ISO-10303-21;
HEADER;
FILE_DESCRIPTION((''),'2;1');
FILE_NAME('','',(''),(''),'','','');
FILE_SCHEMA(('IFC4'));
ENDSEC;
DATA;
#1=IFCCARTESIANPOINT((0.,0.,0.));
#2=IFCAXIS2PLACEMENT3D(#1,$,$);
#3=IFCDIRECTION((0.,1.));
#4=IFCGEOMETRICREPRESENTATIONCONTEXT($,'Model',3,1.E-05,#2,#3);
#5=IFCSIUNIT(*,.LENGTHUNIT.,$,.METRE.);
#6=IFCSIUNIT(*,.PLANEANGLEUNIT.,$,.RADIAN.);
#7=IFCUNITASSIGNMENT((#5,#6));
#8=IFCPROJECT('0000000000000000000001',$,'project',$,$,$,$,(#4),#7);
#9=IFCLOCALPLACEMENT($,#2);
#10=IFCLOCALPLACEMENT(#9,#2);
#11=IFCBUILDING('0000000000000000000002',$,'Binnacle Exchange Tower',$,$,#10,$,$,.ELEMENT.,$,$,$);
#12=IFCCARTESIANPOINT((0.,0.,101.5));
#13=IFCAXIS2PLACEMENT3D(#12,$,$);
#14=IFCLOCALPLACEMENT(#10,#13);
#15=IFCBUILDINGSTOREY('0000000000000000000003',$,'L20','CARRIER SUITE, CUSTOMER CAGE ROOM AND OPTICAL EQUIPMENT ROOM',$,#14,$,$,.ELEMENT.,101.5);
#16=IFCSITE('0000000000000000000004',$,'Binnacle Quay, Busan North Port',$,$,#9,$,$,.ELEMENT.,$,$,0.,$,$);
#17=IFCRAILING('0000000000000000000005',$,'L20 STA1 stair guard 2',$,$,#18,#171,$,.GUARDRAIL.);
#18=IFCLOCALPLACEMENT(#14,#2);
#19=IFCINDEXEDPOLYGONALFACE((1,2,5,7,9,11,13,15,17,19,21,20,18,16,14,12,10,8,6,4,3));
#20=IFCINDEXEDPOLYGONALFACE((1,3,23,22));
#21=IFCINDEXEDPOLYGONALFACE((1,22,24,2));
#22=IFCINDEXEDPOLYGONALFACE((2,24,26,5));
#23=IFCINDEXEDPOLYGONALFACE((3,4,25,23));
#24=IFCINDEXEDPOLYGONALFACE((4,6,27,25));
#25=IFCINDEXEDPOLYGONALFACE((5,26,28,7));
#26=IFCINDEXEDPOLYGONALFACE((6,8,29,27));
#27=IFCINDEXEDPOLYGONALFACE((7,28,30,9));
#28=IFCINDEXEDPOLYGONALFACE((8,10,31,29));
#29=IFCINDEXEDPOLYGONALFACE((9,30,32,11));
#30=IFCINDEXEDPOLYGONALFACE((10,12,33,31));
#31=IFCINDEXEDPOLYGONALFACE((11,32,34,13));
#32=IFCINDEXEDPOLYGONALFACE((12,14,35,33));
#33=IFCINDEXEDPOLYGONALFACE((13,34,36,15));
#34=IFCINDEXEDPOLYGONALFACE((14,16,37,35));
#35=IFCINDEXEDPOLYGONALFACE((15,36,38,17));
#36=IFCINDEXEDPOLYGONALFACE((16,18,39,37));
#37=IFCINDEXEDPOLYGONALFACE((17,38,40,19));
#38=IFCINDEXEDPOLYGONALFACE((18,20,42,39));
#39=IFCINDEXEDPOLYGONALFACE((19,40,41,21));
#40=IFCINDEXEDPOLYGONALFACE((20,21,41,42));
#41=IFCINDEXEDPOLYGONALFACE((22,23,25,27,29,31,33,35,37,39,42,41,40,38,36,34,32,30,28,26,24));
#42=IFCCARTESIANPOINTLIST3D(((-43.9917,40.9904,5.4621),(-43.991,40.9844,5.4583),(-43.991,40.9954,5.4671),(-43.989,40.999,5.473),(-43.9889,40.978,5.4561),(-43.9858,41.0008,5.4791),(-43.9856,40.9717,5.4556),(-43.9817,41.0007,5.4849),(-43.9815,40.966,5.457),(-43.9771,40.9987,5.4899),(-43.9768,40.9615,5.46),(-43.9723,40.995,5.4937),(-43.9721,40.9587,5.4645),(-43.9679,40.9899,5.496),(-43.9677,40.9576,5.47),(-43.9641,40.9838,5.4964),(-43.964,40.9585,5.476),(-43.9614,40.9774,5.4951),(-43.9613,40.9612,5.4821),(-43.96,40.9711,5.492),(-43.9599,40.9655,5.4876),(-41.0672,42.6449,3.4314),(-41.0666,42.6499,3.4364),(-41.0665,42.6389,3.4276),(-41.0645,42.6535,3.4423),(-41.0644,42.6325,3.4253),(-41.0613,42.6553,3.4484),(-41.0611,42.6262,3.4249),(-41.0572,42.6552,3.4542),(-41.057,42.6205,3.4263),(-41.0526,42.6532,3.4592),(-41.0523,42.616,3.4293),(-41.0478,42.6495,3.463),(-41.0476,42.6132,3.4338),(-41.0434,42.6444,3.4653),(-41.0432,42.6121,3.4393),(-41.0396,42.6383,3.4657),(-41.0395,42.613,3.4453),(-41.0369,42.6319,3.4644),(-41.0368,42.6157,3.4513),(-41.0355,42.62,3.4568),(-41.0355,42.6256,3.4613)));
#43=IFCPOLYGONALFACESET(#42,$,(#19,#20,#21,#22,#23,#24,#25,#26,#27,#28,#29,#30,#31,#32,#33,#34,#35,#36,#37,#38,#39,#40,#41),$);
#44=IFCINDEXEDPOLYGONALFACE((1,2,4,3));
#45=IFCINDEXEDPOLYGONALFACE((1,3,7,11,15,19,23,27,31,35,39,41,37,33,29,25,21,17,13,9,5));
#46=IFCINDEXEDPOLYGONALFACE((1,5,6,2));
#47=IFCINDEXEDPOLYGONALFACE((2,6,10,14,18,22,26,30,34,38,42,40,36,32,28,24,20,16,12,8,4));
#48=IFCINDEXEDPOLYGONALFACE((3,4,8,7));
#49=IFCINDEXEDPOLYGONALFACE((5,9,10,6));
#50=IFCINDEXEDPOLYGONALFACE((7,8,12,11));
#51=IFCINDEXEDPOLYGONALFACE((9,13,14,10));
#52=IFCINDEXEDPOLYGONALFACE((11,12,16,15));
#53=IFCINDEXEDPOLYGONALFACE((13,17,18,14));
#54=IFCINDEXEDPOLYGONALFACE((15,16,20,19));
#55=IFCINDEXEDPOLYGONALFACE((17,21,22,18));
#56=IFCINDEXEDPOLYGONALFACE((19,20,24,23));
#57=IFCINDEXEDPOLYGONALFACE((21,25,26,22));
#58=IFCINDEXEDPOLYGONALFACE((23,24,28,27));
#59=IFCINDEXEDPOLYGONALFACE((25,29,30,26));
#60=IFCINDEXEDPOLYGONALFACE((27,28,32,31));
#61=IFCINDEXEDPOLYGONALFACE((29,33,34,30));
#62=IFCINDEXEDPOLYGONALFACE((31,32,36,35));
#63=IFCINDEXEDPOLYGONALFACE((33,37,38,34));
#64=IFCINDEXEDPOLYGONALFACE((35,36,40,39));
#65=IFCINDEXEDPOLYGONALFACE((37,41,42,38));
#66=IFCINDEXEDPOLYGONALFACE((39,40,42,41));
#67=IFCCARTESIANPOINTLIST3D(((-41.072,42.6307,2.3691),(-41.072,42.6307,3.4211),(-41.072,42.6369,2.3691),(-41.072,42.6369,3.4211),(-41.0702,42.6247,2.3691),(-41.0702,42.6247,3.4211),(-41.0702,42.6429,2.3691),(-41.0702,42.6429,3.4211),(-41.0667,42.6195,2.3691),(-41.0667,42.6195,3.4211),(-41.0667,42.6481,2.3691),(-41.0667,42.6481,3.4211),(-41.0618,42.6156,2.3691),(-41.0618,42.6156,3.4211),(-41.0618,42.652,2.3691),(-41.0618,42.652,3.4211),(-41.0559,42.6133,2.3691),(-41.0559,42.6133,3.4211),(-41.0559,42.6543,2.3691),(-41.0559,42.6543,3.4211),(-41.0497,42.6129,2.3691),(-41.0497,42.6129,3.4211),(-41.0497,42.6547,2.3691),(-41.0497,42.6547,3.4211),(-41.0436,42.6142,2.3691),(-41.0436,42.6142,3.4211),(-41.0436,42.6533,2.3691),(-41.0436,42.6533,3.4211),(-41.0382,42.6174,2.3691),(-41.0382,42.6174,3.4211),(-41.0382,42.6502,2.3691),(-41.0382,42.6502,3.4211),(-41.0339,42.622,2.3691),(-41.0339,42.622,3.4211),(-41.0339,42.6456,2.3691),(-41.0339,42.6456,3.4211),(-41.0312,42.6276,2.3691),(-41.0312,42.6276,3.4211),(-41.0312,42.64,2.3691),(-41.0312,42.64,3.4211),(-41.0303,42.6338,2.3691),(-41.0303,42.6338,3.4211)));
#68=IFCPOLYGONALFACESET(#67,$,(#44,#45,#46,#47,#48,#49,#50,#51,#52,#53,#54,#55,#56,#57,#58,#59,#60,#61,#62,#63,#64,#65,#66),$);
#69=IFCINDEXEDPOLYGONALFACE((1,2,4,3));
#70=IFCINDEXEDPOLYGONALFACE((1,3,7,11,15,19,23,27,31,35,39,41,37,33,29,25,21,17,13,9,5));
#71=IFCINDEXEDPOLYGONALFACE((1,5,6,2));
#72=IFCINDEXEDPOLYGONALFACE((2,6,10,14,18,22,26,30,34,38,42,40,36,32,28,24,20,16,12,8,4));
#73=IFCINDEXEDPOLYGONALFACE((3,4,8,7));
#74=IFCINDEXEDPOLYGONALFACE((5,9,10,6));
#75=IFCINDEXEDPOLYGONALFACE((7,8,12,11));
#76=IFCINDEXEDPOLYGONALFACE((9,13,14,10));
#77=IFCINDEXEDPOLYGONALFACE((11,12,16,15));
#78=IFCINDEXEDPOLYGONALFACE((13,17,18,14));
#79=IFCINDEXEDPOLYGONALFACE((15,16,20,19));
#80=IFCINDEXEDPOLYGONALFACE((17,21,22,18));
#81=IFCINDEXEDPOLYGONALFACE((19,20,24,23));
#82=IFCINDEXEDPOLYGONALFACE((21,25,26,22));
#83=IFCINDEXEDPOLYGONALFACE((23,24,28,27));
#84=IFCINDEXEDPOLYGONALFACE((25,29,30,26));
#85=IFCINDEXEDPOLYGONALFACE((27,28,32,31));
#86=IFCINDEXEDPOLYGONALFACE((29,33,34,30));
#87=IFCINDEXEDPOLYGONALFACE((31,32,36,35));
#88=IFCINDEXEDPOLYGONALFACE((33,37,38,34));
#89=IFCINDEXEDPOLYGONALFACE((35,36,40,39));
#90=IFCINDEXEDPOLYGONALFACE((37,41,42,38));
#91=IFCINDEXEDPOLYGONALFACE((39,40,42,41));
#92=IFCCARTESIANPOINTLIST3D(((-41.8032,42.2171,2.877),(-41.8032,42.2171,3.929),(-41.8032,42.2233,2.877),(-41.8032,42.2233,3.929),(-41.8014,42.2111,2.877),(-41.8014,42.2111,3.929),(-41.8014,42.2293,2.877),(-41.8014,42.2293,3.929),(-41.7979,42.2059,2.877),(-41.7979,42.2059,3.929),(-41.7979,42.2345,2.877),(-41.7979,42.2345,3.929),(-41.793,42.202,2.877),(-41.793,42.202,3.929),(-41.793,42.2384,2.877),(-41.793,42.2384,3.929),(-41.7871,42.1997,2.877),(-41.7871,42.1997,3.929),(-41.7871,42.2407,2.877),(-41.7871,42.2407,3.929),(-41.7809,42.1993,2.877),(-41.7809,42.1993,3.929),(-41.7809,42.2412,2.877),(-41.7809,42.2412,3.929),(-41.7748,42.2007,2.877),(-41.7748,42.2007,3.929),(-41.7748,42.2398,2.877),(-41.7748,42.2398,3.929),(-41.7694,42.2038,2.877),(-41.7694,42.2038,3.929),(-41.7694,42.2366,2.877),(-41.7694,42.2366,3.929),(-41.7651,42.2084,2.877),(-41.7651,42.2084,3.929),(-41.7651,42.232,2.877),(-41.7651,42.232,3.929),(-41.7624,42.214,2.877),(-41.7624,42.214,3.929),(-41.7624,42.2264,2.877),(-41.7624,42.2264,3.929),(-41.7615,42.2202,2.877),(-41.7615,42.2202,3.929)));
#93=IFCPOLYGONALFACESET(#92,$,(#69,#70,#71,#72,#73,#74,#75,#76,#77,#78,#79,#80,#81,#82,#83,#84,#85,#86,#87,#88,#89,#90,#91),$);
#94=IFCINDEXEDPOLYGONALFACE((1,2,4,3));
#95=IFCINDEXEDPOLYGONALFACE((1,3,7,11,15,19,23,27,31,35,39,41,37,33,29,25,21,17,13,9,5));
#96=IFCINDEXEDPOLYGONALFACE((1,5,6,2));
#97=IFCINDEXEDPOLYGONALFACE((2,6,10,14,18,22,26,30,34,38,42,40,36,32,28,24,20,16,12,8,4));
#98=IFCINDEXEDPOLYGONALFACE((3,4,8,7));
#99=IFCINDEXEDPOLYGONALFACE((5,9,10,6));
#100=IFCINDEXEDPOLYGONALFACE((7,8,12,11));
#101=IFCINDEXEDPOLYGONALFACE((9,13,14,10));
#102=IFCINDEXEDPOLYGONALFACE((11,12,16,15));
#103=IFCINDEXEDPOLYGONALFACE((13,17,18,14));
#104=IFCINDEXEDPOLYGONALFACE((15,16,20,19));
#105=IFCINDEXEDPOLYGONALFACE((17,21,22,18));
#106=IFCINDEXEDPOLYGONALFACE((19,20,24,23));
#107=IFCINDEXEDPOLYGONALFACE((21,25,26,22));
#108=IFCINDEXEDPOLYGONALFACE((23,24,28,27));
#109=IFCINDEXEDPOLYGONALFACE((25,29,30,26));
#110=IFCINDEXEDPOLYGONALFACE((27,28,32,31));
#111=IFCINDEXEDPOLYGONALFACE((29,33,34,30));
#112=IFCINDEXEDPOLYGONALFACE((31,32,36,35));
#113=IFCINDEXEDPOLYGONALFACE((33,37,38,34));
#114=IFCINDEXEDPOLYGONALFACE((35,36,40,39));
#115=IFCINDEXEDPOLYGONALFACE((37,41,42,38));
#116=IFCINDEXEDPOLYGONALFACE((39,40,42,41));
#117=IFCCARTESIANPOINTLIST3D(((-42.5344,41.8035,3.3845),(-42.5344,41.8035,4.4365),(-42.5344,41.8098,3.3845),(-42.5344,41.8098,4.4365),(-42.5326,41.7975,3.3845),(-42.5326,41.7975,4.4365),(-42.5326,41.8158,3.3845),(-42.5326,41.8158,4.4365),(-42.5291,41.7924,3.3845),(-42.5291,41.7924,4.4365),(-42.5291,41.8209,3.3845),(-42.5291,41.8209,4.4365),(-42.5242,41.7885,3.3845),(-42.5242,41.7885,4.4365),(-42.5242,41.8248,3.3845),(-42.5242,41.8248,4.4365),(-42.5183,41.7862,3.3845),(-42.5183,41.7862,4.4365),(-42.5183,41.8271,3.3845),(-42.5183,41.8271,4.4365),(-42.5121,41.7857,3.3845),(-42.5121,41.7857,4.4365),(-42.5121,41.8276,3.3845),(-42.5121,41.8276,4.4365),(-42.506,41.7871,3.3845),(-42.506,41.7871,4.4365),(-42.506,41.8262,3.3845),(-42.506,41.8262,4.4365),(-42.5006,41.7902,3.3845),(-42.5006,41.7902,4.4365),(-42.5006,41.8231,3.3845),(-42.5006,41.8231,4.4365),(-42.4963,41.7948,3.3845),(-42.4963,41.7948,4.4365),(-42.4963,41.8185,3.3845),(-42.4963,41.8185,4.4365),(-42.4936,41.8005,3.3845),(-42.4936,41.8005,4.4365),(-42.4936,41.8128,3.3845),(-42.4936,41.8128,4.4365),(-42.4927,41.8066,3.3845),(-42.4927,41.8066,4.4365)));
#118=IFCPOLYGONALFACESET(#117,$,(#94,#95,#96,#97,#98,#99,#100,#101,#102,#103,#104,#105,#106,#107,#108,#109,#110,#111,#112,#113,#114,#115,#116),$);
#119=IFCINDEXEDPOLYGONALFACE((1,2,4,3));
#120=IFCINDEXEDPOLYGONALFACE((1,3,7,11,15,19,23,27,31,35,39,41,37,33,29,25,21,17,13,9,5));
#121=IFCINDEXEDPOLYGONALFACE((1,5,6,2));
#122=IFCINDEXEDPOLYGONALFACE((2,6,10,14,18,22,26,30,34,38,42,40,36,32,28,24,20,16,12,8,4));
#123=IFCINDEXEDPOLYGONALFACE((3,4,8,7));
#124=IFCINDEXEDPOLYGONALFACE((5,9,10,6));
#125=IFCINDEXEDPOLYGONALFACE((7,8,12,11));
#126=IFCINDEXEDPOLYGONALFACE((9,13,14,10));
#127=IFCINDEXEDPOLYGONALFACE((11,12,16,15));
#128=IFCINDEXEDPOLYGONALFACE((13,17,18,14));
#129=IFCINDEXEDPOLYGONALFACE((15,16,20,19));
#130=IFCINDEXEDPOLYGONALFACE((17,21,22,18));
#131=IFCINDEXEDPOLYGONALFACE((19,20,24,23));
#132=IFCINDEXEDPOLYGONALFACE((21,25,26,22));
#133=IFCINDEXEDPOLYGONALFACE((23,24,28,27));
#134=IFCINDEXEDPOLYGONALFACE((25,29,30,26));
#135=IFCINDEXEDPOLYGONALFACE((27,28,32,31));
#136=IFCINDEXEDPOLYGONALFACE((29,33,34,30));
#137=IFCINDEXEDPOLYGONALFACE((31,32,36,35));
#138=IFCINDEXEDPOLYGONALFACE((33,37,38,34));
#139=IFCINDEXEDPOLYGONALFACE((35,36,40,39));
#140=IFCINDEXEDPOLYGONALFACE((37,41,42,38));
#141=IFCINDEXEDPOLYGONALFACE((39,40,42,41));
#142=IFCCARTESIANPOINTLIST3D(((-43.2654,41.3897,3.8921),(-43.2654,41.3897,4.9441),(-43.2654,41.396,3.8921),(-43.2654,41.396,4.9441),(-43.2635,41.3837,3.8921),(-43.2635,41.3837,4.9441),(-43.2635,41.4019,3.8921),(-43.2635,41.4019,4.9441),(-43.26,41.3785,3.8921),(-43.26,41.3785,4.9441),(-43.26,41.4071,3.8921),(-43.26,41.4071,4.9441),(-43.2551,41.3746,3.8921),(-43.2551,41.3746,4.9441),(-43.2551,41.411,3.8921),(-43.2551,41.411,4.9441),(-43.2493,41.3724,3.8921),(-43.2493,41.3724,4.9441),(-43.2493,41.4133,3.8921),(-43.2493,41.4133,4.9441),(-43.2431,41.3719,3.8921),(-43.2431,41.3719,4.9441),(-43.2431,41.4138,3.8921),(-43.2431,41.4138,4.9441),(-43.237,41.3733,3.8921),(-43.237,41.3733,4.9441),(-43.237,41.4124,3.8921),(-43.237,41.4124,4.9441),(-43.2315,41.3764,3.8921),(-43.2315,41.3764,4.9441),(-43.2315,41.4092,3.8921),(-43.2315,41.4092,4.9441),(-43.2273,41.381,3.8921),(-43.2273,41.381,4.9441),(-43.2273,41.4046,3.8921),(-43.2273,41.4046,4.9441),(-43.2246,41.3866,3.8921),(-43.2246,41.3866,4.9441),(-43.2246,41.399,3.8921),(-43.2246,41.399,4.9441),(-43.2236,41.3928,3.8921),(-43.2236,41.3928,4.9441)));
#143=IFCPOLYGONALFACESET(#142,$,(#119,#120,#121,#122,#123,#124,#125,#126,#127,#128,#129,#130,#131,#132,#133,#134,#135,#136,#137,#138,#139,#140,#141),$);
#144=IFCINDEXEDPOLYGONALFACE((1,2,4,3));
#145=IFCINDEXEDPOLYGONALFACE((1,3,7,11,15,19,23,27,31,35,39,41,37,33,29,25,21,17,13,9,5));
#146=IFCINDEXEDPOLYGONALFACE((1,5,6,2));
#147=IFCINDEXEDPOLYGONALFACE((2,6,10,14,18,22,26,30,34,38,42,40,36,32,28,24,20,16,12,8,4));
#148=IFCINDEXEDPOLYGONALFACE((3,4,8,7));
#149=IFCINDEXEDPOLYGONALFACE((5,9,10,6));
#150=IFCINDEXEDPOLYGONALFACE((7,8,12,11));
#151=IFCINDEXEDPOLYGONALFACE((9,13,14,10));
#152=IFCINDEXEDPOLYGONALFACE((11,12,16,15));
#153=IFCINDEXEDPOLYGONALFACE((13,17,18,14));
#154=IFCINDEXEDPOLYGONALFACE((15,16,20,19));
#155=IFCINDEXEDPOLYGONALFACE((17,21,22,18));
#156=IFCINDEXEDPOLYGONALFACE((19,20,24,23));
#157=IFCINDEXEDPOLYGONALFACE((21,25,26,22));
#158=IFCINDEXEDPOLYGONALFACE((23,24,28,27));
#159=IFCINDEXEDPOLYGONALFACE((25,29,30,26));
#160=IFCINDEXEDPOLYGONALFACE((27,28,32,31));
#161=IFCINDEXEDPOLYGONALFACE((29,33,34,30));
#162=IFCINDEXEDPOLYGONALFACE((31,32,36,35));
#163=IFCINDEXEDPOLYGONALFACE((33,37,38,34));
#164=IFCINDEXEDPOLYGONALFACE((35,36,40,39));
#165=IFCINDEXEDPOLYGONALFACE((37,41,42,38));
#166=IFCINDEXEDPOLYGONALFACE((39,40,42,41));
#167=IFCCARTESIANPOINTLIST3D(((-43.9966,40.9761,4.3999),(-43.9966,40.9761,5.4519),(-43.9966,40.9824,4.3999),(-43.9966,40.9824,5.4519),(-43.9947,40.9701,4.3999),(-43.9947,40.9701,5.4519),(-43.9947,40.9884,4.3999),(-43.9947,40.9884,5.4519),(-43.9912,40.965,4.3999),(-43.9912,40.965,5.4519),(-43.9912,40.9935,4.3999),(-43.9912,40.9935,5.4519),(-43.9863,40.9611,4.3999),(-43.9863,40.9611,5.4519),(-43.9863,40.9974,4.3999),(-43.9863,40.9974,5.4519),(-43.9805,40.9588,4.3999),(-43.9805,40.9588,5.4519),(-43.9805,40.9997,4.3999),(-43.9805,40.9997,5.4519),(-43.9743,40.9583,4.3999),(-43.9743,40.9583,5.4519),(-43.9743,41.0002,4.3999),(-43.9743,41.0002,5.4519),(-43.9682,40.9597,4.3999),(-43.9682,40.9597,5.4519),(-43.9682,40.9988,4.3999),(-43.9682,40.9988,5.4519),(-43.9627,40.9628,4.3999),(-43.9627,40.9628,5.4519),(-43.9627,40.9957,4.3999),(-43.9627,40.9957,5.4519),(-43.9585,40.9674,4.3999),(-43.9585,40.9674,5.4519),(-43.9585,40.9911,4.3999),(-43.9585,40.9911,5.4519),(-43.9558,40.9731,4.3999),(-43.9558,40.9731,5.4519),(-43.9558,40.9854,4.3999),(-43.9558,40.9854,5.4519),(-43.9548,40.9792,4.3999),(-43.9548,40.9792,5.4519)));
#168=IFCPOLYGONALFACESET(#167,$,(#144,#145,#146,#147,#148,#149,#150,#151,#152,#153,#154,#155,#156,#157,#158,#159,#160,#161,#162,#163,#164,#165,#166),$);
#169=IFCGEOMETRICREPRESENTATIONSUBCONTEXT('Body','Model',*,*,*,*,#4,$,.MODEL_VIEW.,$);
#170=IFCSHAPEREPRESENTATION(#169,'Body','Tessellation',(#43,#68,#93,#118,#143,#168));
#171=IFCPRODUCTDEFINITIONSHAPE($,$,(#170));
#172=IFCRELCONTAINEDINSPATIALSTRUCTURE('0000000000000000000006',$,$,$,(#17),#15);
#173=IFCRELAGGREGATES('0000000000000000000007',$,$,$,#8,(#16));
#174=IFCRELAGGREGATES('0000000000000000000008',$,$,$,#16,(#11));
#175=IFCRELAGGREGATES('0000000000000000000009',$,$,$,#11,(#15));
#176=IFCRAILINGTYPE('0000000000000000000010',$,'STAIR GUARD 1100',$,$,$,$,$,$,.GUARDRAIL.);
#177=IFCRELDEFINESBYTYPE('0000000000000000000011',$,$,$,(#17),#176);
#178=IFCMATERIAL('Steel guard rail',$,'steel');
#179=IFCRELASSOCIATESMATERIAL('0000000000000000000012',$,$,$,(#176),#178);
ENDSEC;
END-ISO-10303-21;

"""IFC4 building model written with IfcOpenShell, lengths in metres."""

from ifc_helpers import new_model, si_unit, direction, frame, origin, origin_2d, place, context, subcontext, project, spatial, circle, extrude, material, type_object, element, save


model = new_model("IFC4")

# Units and contexts
model_context = context("Model", 3, precision=1e-05, world=origin(), true_north=direction((0.0, 1.0)))
body_context = subcontext(model_context, "Body", "Model", "MODEL_VIEW")
ifc_project = project(units=[si_unit("LENGTHUNIT", "METRE"), si_unit("PLANEANGLEUNIT", "RADIAN")], contexts=[model_context])

# Site, building, storey
site_placement = place(None, origin())
site = spatial("IfcSite", under=ifc_project, at=site_placement, Name="Binnacle Quay, Busan North Port", CompositionType="ELEMENT", RefElevation=0.0)
building_placement = place(site_placement, origin())
building = spatial("IfcBuilding", under=site, at=building_placement, Name="Binnacle Exchange Tower", CompositionType="ELEMENT")
storey_placement = place(building_placement, frame((0.0, 0.0, 101.5)))
storey = spatial("IfcBuildingStorey", under=building, at=storey_placement, Name="L20", Description="CARRIER SUITE, CUSTOMER CAGE ROOM AND OPTICAL EQUIPMENT ROOM", CompositionType="ELEMENT", Elevation=101.5)

# Railing
ifc_material_1 = material(Name="Steel guard rail", Category="steel")
railing_type_1 = type_object("IfcRailingType", Name="STAIR GUARD 1100", PredefinedType="GUARDRAIL", material=ifc_material_1)
railing_1_placement = place(storey_placement, frame((-41.0513, 42.6338, 2.3691)))
element("IfcRailing", 1, at=railing_1_placement, inside=storey, type_object=railing_type_1, Name="L20 STA1 stair guard 2", PredefinedType="GUARDRAIL", context=body_context, shape_type="SweptSolid", body=[
    extrude(circle(Radius=0.0239, at=origin_2d()), frame((0.0, 0.0, 1.0762), z_axis=(-0.744895, -0.421417, 0.517242), x_axis=(0.492402, -0.870368, 0.0)), (0.0, 0.0, 1.0), 3.926),
    extrude(circle(Radius=0.021, at=origin_2d()), origin(), (0.0, 0.0, 1.0), 1.052),
    extrude(circle(Radius=0.021, at=origin_2d()), frame((-0.7312, -0.4136, 0.5078)), (0.0, 0.0, 1.0), 1.052),
    extrude(circle(Radius=0.021, at=origin_2d()), frame((-1.4624, -0.8271, 1.0154)), (0.0, 0.0, 1.0), 1.052),
    extrude(circle(Radius=0.021, at=origin_2d()), frame((-2.1934, -1.241, 1.5229)), (0.0, 0.0, 1.0), 1.052),
    extrude(circle(Radius=0.021, at=origin_2d()), frame((-2.9246, -1.6545, 2.0308)), (0.0, 0.0, 1.0), 1.052),
])

save(model, "model.ifc")
